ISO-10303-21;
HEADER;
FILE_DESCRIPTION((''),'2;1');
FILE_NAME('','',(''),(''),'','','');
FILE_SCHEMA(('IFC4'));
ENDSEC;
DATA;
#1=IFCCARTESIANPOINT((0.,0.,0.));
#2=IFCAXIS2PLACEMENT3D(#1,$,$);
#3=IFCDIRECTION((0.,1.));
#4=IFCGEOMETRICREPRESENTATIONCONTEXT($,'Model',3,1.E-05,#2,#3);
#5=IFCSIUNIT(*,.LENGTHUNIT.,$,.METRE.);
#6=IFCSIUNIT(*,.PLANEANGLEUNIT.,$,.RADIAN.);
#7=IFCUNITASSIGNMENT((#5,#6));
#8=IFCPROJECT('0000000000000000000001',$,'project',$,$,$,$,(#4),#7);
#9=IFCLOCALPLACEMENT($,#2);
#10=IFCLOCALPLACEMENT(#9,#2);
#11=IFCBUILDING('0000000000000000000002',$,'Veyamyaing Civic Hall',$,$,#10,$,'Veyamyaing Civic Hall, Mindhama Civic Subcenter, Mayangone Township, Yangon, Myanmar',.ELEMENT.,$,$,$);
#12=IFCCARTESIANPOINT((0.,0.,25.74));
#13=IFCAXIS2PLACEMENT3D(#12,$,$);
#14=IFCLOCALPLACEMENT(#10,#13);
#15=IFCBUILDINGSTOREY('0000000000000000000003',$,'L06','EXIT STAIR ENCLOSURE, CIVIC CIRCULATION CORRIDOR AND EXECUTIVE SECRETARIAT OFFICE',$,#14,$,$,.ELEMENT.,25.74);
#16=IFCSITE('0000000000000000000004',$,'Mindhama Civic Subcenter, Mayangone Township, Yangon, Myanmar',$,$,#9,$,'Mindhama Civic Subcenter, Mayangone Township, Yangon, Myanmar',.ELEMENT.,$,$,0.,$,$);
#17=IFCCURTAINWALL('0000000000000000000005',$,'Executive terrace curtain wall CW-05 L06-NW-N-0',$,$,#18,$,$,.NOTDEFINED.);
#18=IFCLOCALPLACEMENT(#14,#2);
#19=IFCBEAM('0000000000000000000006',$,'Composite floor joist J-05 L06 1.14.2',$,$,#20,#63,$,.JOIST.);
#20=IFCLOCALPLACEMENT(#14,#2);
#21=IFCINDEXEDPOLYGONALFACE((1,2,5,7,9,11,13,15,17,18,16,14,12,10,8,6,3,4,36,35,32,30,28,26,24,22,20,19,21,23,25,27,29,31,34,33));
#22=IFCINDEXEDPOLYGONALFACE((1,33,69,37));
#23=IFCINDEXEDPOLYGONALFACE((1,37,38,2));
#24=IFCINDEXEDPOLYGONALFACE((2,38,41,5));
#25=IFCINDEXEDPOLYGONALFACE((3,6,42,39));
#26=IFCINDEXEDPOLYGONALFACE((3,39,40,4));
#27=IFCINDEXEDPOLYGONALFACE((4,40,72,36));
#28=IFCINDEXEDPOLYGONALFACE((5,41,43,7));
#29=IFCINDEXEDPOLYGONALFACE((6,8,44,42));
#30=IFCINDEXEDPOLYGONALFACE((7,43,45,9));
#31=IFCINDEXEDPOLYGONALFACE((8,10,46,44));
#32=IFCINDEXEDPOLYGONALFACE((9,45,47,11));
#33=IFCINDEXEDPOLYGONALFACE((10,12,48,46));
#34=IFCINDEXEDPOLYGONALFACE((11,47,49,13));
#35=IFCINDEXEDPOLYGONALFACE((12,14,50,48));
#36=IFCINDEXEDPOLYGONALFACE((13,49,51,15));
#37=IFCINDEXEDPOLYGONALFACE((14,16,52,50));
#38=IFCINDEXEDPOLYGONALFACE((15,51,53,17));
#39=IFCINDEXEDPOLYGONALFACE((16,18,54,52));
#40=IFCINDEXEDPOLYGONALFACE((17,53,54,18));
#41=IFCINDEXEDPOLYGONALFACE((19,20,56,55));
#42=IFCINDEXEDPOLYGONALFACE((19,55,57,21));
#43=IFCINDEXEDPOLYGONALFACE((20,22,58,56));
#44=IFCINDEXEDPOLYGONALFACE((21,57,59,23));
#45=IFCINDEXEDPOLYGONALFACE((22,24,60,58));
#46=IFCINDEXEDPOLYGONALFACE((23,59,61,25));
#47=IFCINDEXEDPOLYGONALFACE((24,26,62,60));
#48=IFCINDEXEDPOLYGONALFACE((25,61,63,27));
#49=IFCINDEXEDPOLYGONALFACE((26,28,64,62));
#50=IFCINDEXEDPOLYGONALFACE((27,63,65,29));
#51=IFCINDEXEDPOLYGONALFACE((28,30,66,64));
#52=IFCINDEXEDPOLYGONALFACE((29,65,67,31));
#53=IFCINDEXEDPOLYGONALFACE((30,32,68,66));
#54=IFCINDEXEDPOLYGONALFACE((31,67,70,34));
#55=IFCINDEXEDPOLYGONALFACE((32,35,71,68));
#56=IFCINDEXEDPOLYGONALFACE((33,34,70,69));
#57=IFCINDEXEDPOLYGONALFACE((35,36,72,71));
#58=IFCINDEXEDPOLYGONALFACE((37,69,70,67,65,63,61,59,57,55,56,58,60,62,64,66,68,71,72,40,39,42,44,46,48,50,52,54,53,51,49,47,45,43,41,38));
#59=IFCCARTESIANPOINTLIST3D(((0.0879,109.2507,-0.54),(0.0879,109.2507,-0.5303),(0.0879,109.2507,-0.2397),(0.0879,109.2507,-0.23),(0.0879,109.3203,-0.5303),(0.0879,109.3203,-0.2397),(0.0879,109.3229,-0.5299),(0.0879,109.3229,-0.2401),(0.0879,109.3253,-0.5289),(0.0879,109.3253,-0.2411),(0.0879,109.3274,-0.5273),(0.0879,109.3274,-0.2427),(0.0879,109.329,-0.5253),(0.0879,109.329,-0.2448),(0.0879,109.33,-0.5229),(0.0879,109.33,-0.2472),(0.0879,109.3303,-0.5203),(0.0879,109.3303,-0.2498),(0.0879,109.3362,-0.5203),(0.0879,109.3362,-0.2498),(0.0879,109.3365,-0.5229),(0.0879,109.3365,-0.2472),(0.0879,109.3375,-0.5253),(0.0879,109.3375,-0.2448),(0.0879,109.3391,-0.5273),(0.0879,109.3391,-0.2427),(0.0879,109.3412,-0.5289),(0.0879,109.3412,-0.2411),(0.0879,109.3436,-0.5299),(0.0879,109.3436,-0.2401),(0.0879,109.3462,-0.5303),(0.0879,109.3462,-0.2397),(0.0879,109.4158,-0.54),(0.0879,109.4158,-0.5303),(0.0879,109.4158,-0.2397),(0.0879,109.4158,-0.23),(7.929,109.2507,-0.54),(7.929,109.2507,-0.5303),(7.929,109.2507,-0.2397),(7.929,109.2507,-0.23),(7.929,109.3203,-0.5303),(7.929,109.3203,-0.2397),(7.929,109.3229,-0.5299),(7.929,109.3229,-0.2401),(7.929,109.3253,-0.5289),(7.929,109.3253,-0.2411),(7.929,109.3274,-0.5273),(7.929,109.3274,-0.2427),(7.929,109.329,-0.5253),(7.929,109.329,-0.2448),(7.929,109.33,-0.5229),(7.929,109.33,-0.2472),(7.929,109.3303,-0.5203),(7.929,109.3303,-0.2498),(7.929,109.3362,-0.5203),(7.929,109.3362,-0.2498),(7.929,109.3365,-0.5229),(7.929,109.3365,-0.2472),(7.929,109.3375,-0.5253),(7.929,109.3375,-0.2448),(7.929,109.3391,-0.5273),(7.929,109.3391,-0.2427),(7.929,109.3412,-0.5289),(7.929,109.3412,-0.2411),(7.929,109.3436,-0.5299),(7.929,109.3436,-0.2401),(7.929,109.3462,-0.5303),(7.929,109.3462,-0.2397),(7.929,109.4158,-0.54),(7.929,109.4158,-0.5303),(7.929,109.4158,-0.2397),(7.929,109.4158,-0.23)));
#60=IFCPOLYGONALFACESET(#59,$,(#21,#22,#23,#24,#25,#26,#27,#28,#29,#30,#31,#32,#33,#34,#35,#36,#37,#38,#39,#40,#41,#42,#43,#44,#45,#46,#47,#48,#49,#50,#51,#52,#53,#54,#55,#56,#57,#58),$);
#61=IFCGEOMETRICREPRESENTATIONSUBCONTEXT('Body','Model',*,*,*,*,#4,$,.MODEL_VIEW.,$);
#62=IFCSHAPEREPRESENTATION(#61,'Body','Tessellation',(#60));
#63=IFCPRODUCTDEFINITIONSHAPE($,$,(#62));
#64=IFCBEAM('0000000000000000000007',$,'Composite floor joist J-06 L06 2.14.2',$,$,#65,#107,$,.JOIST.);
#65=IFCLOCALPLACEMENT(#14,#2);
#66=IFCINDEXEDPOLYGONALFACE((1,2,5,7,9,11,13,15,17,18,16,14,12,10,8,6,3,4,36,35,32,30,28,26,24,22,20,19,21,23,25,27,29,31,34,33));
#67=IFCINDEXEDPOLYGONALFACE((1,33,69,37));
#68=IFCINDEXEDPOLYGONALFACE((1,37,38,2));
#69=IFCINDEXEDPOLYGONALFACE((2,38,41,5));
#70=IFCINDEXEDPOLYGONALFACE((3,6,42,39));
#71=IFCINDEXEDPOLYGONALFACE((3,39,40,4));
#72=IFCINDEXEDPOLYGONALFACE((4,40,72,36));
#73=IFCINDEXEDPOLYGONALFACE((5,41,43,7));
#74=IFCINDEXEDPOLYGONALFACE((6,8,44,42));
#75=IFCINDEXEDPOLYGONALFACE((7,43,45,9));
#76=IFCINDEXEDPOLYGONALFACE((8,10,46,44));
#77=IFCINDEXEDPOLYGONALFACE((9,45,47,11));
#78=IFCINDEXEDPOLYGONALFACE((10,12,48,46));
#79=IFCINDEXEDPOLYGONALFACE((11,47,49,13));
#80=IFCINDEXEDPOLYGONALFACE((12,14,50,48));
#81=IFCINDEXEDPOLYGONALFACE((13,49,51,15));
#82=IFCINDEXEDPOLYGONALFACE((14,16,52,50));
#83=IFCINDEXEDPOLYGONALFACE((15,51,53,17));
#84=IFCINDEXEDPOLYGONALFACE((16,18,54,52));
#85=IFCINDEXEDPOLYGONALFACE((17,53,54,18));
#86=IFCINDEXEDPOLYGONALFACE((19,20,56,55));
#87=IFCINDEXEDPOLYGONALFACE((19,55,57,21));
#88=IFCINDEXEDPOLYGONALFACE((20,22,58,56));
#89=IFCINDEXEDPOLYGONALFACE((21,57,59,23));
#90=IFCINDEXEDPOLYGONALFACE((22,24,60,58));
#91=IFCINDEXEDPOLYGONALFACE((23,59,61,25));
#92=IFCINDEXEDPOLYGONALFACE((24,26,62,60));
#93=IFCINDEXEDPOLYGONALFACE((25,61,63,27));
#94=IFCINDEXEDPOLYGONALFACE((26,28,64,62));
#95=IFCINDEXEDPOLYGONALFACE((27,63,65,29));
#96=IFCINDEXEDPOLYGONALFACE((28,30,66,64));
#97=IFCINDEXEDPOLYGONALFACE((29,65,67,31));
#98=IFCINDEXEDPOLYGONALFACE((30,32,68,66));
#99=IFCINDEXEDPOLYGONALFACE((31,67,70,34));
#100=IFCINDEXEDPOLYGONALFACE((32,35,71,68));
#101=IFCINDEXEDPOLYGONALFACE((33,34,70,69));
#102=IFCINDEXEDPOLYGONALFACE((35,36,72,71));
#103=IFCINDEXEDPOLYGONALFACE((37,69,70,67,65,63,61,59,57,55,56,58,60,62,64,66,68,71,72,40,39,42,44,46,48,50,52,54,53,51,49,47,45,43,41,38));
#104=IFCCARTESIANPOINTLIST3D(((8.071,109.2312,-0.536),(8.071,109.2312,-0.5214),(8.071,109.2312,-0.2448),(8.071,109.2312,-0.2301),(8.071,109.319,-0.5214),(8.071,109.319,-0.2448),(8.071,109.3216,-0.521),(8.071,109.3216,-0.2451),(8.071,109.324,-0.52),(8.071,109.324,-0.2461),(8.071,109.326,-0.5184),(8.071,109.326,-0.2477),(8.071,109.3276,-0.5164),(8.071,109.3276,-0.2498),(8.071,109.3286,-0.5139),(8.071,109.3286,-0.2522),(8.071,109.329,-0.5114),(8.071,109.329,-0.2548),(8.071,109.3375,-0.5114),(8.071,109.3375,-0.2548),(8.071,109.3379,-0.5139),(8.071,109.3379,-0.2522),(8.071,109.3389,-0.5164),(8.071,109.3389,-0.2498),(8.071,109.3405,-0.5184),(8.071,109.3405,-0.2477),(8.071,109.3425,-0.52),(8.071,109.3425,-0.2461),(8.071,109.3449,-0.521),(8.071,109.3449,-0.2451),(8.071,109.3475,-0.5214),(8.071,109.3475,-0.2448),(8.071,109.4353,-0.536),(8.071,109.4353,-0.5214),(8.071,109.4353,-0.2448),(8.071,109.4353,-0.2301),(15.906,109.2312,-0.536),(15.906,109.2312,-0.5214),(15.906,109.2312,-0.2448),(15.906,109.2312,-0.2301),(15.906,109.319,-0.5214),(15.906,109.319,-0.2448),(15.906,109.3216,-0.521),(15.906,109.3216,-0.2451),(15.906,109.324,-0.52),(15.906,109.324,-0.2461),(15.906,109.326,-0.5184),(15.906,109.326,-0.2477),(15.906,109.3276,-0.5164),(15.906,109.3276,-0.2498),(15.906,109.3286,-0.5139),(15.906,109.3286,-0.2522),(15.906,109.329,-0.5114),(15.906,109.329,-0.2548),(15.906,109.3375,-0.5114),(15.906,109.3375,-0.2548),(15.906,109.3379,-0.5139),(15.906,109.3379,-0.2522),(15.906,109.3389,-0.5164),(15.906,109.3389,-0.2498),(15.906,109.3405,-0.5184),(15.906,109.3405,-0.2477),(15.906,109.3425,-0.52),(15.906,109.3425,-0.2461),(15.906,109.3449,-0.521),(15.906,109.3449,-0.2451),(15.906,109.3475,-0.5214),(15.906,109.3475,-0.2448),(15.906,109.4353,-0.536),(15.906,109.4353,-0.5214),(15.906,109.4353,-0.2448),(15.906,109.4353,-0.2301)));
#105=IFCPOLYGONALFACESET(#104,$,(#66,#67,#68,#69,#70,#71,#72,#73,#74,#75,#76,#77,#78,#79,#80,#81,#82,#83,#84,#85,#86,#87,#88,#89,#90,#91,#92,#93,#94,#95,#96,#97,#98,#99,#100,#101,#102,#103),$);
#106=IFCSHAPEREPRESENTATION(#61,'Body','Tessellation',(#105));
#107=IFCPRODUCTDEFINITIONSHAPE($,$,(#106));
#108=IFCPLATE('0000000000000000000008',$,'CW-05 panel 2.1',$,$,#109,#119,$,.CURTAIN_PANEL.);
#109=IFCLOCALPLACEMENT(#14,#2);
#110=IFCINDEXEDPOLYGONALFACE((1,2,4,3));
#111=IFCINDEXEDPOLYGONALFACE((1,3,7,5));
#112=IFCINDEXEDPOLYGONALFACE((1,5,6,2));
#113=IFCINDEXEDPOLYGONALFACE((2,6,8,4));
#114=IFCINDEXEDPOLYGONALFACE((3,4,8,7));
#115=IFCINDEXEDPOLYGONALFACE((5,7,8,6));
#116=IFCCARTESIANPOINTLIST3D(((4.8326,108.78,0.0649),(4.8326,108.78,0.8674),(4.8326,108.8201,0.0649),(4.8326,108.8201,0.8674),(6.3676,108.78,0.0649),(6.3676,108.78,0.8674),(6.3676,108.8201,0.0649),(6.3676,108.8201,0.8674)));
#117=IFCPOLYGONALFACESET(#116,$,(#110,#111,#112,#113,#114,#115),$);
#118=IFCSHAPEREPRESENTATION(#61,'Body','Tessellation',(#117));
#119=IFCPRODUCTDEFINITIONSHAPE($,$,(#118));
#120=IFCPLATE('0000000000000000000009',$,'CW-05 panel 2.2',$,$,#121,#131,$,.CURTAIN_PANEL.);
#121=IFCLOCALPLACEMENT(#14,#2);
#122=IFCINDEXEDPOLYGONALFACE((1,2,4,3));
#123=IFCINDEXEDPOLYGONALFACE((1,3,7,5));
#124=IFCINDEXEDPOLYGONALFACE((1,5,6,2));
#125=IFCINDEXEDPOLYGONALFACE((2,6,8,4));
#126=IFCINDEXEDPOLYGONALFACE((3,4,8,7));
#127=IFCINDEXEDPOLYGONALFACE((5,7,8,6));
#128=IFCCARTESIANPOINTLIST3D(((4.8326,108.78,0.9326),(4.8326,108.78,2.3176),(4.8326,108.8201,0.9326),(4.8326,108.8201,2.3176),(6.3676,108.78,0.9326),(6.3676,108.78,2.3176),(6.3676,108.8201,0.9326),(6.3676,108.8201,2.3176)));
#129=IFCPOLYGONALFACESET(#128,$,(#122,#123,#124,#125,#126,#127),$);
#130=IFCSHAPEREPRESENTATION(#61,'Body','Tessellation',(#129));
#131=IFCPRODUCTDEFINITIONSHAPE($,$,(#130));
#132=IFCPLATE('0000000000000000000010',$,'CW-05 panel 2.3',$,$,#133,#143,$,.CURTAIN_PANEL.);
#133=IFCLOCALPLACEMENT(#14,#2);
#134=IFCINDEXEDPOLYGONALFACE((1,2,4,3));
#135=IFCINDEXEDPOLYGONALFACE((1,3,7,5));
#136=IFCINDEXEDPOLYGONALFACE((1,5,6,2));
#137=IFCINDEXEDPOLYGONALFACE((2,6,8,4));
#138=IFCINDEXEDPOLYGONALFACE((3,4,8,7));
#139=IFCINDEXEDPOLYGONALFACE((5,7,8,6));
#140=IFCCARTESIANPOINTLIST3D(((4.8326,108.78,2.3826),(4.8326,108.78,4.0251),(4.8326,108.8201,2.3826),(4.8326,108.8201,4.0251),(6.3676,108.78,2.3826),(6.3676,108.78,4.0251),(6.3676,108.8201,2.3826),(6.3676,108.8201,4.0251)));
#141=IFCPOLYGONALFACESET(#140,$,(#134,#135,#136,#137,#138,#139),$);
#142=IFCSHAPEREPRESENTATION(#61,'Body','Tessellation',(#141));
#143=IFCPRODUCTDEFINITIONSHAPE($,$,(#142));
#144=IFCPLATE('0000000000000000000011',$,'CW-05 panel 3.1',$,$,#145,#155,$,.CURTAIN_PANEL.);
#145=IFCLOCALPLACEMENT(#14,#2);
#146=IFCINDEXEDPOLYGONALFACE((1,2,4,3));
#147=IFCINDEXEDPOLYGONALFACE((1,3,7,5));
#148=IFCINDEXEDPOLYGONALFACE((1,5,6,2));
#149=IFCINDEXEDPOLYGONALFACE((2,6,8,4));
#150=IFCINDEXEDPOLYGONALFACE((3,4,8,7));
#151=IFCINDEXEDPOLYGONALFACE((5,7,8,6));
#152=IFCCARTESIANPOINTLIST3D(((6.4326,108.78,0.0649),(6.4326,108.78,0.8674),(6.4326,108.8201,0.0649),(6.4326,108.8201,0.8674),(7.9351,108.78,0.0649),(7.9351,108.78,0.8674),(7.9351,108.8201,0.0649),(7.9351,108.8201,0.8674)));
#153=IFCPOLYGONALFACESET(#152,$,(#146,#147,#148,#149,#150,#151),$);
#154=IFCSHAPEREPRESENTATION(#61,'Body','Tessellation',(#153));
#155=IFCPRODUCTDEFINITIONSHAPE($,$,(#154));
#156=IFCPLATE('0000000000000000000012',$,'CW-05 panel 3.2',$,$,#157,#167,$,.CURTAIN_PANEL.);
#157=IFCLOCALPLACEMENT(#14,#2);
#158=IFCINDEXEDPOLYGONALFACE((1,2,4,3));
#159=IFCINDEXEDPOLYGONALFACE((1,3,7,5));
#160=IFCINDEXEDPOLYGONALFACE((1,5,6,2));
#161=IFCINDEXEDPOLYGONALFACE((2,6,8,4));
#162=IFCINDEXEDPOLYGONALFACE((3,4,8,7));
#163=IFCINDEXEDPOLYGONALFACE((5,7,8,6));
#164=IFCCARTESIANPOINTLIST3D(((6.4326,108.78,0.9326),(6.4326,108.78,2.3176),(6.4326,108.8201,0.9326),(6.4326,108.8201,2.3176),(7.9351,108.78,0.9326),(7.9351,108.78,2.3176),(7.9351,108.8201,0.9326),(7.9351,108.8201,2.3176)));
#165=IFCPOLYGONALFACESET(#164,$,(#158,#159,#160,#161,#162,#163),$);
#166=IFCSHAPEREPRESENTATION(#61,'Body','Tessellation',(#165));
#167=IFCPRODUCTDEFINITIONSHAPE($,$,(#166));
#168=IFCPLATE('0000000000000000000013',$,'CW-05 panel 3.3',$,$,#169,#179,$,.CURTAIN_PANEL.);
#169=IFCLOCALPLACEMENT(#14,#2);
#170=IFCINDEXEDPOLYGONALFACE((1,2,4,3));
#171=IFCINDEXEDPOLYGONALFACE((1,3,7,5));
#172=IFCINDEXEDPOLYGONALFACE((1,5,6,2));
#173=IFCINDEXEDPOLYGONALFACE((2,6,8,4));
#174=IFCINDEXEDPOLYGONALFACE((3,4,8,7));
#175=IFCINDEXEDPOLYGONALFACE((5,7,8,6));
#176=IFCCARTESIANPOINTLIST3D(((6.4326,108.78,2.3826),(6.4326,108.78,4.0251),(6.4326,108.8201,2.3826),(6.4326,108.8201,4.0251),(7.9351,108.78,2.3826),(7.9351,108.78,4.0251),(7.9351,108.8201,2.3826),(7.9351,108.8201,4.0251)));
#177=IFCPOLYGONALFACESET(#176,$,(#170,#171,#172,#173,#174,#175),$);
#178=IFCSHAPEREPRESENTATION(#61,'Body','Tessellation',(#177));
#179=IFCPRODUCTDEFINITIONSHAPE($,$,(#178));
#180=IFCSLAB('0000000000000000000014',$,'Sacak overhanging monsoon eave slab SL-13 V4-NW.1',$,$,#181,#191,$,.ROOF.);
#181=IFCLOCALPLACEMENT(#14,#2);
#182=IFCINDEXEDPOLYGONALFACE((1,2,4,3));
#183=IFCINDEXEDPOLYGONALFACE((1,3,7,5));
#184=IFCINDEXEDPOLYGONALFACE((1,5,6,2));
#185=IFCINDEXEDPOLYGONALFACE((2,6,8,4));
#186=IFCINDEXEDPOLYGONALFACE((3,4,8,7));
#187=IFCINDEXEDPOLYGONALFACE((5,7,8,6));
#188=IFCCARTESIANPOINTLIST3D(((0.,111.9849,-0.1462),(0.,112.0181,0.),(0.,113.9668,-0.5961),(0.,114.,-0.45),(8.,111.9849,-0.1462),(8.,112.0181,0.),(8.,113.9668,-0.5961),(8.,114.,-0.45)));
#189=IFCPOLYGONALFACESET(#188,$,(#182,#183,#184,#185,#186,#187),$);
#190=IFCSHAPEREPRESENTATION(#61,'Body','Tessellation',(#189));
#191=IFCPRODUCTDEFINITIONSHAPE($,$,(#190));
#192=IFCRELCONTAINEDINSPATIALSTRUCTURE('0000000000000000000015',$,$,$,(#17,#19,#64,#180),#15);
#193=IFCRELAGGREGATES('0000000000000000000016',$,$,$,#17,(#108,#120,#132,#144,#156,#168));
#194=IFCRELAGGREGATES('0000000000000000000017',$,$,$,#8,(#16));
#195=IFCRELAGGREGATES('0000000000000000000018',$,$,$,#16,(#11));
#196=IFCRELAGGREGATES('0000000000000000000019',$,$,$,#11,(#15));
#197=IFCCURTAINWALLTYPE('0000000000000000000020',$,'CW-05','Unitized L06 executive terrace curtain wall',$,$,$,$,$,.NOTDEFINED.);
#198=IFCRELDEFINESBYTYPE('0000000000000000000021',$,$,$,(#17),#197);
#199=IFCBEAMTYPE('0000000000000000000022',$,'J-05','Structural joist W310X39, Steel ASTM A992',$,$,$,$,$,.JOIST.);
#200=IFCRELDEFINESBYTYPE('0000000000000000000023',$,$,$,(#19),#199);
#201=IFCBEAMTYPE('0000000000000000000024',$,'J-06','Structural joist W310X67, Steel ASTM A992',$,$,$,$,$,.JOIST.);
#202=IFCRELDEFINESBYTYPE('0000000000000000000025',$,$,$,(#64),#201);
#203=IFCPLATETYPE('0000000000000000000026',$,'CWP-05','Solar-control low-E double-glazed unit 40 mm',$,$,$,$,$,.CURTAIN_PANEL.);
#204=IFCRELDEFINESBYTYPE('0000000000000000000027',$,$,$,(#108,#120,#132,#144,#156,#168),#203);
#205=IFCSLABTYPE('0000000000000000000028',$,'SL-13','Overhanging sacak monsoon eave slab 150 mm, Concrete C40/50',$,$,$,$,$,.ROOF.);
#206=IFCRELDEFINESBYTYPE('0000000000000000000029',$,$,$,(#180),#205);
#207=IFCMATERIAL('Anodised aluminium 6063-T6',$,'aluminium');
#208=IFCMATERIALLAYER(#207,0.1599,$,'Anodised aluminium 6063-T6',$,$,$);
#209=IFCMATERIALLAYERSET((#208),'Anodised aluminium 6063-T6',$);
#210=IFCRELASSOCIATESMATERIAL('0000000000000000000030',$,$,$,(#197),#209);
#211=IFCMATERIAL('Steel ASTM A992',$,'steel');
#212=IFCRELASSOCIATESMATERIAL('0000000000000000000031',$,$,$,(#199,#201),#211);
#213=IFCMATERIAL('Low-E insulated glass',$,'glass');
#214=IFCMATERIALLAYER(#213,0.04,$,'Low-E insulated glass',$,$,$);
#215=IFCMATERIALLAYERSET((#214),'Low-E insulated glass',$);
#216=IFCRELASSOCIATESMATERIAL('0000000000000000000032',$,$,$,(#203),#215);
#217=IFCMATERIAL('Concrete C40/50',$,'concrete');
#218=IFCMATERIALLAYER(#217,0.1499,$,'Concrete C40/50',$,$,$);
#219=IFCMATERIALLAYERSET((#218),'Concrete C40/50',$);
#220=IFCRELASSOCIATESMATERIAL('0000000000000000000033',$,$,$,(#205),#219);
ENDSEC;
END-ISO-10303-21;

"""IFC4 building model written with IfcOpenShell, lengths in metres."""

from ifc_helpers import new_model, si_unit, direction, frame, origin, origin_2d, place, context, subcontext, project, spatial, polyline, rectangle, i_section, outline, extrude, material, layer, layer_set, material_profile, profile_set, type_object, element, aggregate, save


model = new_model("IFC4")

# Units and contexts
model_context = context("Model", 3, precision=1e-05, world=origin(), true_north=direction((0.0, 1.0)))
body_context = subcontext(model_context, "Body", "Model", "MODEL_VIEW")
ifc_project = project(units=[si_unit("LENGTHUNIT", "METRE"), si_unit("PLANEANGLEUNIT", "RADIAN")], contexts=[model_context])

# Site, building, storey
site_placement = place(None, origin())
site = spatial("IfcSite", under=ifc_project, at=site_placement, Name="Mindhama Civic Subcenter, Mayangone Township, Yangon, Myanmar", LongName="Mindhama Civic Subcenter, Mayangone Township, Yangon, Myanmar", CompositionType="ELEMENT", RefElevation=0.0)
building_placement = place(site_placement, origin())
building = spatial("IfcBuilding", under=site, at=building_placement, Name="Veyamyaing Civic Hall", LongName="Veyamyaing Civic Hall, Mindhama Civic Subcenter, Mayangone Township, Yangon, Myanmar", CompositionType="ELEMENT")
storey_placement = place(building_placement, frame((0.0, 0.0, 25.74)))
storey = spatial("IfcBuildingStorey", under=building, at=storey_placement, Name="L06", Description="EXIT STAIR ENCLOSURE, CIVIC CIRCULATION CORRIDOR AND EXECUTIVE SECRETARIAT OFFICE", CompositionType="ELEMENT", Elevation=25.74)

# Shared definitions
ifc_material_1 = material(Name="Steel ASTM A992", Category="steel")

# Curtain wall
ifc_material_2 = material(Name="Anodised aluminium 6063-T6", Category="aluminium")
ifc_layer_1 = layer(ifc_material_2, 0.1599, Name="Anodised aluminium 6063-T6")
ifc_layer_set_1 = layer_set([ifc_layer_1], Name="Anodised aluminium 6063-T6")
curtain_wall_type = type_object("IfcCurtainWallType", Name="CW-05", Description="Unitized L06 executive terrace curtain wall", PredefinedType="NOTDEFINED", material=ifc_layer_set_1)
curtain_wall_placement = place(storey_placement, origin())
curtain_wall = element("IfcCurtainWall", 1, at=curtain_wall_placement, inside=storey, type_object=curtain_wall_type, Name="Executive terrace curtain wall CW-05 L06-NW-N-0", PredefinedType="NOTDEFINED")

# Beams
ifc_material_profile_1 = material_profile(ifc_material_1, i_section(OverallWidth=0.165, OverallDepth=0.3101, WebThickness=0.0059, FlangeThickness=0.0098, FilletRadius=0.01, at=origin_2d()), Name="W310X39")
ifc_profile_set_1 = profile_set([ifc_material_profile_1], Name="Steel ASTM A992")
beam_type_1 = type_object("IfcBeamType", Name="J-05", Description="Structural joist W310X39, Steel ASTM A992", PredefinedType="JOIST", material=ifc_profile_set_1)
beam_1_placement = place(storey_placement, frame((0.0879, 109.3333, -0.385), z_axis=(1.0, 0.0, 0.0), x_axis=(0.0, 1.0, 0.0)))
element("IfcBeam", 2, at=beam_1_placement, inside=storey, type_object=beam_type_1, Name="Composite floor joist J-05 L06 1.14.2", PredefinedType="JOIST", context=body_context, shape_type="SweptSolid", body=[
    extrude(i_section(OverallWidth=0.165, OverallDepth=0.3101, WebThickness=0.0059, FlangeThickness=0.0098, FilletRadius=0.01, at=origin_2d()), origin(), (0.0, 0.0, 1.0), 7.8411),
])
ifc_material_profile_2 = material_profile(ifc_material_1, i_section(OverallWidth=0.2041, OverallDepth=0.3059, WebThickness=0.0085, FlangeThickness=0.0146, FilletRadius=0.01, at=origin_2d()), Name="W310X67")
ifc_profile_set_2 = profile_set([ifc_material_profile_2], Name="Steel ASTM A992")
beam_type_2 = type_object("IfcBeamType", Name="J-06", Description="Structural joist W310X67, Steel ASTM A992", PredefinedType="JOIST", material=ifc_profile_set_2)
beam_2_placement = place(storey_placement, frame((8.071, 109.3333, -0.3831), z_axis=(1.0, 0.0, 0.0), x_axis=(0.0, 1.0, 0.0)))
element("IfcBeam", 3, at=beam_2_placement, inside=storey, type_object=beam_type_2, Name="Composite floor joist J-06 L06 2.14.2", PredefinedType="JOIST", context=body_context, shape_type="SweptSolid", body=[
    extrude(i_section(OverallWidth=0.2041, OverallDepth=0.3059, WebThickness=0.0085, FlangeThickness=0.0146, FilletRadius=0.01, at=origin_2d()), origin(), (0.0, 0.0, 1.0), 7.835),
])

# Plates
ifc_material_3 = material(Name="Low-E insulated glass", Category="glass")
ifc_layer_2 = layer(ifc_material_3, 0.04, Name="Low-E insulated glass")
ifc_layer_set_2 = layer_set([ifc_layer_2], Name="Low-E insulated glass")
plate_type = type_object("IfcPlateType", Name="CWP-05", Description="Solar-control low-E double-glazed unit 40 mm", PredefinedType="CURTAIN_PANEL", material=ifc_layer_set_2)
plate_1_placement = place(storey_placement, frame((5.6001, 108.8, 0.0649), z_axis=(0.0, 0.0, 1.0), x_axis=(1.0, 0.0, 0.0)))
plate_1 = element("IfcPlate", 4, at=plate_1_placement, type_object=plate_type, Name="CW-05 panel 2.1", PredefinedType="CURTAIN_PANEL", context=body_context, shape_type="SweptSolid", body=[
    extrude(rectangle(XDim=1.5349, YDim=0.04, at=origin_2d()), origin(), (0.0, 0.0, 1.0), 0.8025),
])
plate_2_placement = place(storey_placement, frame((5.6001, 108.8, 0.9326), z_axis=(0.0, 0.0, 1.0), x_axis=(1.0, 0.0, 0.0)))
plate_2 = element("IfcPlate", 5, at=plate_2_placement, type_object=plate_type, Name="CW-05 panel 2.2", PredefinedType="CURTAIN_PANEL", context=body_context, shape_type="SweptSolid", body=[
    extrude(rectangle(XDim=1.5349, YDim=0.04, at=origin_2d()), origin(), (0.0, 0.0, 1.0), 1.385),
])
plate_3_placement = place(storey_placement, frame((5.6001, 108.8, 2.3826), z_axis=(0.0, 0.0, 1.0), x_axis=(1.0, 0.0, 0.0)))
plate_3 = element("IfcPlate", 6, at=plate_3_placement, type_object=plate_type, Name="CW-05 panel 2.3", PredefinedType="CURTAIN_PANEL", context=body_context, shape_type="SweptSolid", body=[
    extrude(rectangle(XDim=1.5349, YDim=0.04, at=origin_2d()), origin(), (0.0, 0.0, 1.0), 1.6426),
])
plate_4_placement = place(storey_placement, frame((7.1838, 108.8, 0.0649), z_axis=(0.0, 0.0, 1.0), x_axis=(1.0, 0.0, 0.0)))
plate_4 = element("IfcPlate", 7, at=plate_4_placement, type_object=plate_type, Name="CW-05 panel 3.1", PredefinedType="CURTAIN_PANEL", context=body_context, shape_type="SweptSolid", body=[
    extrude(rectangle(XDim=1.5024, YDim=0.04, at=origin_2d()), origin(), (0.0, 0.0, 1.0), 0.8025),
])
plate_5_placement = place(storey_placement, frame((7.1838, 108.8, 0.9326), z_axis=(0.0, 0.0, 1.0), x_axis=(1.0, 0.0, 0.0)))
plate_5 = element("IfcPlate", 8, at=plate_5_placement, type_object=plate_type, Name="CW-05 panel 3.2", PredefinedType="CURTAIN_PANEL", context=body_context, shape_type="SweptSolid", body=[
    extrude(rectangle(XDim=1.5024, YDim=0.04, at=origin_2d()), origin(), (0.0, 0.0, 1.0), 1.385),
])
plate_6_placement = place(storey_placement, frame((7.1838, 108.8, 2.3826), z_axis=(0.0, 0.0, 1.0), x_axis=(1.0, 0.0, 0.0)))
plate_6 = element("IfcPlate", 9, at=plate_6_placement, type_object=plate_type, Name="CW-05 panel 3.3", PredefinedType="CURTAIN_PANEL", context=body_context, shape_type="SweptSolid", body=[
    extrude(rectangle(XDim=1.5024, YDim=0.04, at=origin_2d()), origin(), (0.0, 0.0, 1.0), 1.6426),
])
aggregate(curtain_wall, [plate_1, plate_2, plate_3, plate_4, plate_5, plate_6])

# Slab
ifc_material_4 = material(Name="Concrete C40/50", Category="concrete")
ifc_layer_3 = layer(ifc_material_4, 0.1499, Name="Concrete C40/50")
ifc_layer_set_3 = layer_set([ifc_layer_3], Name="Concrete C40/50")
slab_type = type_object("IfcSlabType", Name="SL-13", Description="Overhanging sacak monsoon eave slab 150 mm, Concrete C40/50", PredefinedType="ROOF", material=ifc_layer_set_3)
for number, where, z_axis, x_axis, name in (
    (10, (0.0, 112.0181, 0.0), (0.0, 0.221393, 0.975185), (1.0, 0.0, 0.0), "Sacak overhanging monsoon eave slab SL-13 V4-NW.1"),
):
    element("IfcSlab", number, at=place(storey_placement, frame(where, z_axis=z_axis, x_axis=x_axis)), inside=storey, type_object=slab_type, Name=name, PredefinedType="ROOF", context=body_context, shape_type="SweptSolid", body=[
        extrude(outline(polyline([(0.0, 0.0), (8.0, 0.0), (8.0, 2.0324), (0.0, 2.0324), (0.0, 0.0)])), origin(), (0.0, 0.0, -1.0), 0.1499),
    ])

save(model, "model.ifc")
